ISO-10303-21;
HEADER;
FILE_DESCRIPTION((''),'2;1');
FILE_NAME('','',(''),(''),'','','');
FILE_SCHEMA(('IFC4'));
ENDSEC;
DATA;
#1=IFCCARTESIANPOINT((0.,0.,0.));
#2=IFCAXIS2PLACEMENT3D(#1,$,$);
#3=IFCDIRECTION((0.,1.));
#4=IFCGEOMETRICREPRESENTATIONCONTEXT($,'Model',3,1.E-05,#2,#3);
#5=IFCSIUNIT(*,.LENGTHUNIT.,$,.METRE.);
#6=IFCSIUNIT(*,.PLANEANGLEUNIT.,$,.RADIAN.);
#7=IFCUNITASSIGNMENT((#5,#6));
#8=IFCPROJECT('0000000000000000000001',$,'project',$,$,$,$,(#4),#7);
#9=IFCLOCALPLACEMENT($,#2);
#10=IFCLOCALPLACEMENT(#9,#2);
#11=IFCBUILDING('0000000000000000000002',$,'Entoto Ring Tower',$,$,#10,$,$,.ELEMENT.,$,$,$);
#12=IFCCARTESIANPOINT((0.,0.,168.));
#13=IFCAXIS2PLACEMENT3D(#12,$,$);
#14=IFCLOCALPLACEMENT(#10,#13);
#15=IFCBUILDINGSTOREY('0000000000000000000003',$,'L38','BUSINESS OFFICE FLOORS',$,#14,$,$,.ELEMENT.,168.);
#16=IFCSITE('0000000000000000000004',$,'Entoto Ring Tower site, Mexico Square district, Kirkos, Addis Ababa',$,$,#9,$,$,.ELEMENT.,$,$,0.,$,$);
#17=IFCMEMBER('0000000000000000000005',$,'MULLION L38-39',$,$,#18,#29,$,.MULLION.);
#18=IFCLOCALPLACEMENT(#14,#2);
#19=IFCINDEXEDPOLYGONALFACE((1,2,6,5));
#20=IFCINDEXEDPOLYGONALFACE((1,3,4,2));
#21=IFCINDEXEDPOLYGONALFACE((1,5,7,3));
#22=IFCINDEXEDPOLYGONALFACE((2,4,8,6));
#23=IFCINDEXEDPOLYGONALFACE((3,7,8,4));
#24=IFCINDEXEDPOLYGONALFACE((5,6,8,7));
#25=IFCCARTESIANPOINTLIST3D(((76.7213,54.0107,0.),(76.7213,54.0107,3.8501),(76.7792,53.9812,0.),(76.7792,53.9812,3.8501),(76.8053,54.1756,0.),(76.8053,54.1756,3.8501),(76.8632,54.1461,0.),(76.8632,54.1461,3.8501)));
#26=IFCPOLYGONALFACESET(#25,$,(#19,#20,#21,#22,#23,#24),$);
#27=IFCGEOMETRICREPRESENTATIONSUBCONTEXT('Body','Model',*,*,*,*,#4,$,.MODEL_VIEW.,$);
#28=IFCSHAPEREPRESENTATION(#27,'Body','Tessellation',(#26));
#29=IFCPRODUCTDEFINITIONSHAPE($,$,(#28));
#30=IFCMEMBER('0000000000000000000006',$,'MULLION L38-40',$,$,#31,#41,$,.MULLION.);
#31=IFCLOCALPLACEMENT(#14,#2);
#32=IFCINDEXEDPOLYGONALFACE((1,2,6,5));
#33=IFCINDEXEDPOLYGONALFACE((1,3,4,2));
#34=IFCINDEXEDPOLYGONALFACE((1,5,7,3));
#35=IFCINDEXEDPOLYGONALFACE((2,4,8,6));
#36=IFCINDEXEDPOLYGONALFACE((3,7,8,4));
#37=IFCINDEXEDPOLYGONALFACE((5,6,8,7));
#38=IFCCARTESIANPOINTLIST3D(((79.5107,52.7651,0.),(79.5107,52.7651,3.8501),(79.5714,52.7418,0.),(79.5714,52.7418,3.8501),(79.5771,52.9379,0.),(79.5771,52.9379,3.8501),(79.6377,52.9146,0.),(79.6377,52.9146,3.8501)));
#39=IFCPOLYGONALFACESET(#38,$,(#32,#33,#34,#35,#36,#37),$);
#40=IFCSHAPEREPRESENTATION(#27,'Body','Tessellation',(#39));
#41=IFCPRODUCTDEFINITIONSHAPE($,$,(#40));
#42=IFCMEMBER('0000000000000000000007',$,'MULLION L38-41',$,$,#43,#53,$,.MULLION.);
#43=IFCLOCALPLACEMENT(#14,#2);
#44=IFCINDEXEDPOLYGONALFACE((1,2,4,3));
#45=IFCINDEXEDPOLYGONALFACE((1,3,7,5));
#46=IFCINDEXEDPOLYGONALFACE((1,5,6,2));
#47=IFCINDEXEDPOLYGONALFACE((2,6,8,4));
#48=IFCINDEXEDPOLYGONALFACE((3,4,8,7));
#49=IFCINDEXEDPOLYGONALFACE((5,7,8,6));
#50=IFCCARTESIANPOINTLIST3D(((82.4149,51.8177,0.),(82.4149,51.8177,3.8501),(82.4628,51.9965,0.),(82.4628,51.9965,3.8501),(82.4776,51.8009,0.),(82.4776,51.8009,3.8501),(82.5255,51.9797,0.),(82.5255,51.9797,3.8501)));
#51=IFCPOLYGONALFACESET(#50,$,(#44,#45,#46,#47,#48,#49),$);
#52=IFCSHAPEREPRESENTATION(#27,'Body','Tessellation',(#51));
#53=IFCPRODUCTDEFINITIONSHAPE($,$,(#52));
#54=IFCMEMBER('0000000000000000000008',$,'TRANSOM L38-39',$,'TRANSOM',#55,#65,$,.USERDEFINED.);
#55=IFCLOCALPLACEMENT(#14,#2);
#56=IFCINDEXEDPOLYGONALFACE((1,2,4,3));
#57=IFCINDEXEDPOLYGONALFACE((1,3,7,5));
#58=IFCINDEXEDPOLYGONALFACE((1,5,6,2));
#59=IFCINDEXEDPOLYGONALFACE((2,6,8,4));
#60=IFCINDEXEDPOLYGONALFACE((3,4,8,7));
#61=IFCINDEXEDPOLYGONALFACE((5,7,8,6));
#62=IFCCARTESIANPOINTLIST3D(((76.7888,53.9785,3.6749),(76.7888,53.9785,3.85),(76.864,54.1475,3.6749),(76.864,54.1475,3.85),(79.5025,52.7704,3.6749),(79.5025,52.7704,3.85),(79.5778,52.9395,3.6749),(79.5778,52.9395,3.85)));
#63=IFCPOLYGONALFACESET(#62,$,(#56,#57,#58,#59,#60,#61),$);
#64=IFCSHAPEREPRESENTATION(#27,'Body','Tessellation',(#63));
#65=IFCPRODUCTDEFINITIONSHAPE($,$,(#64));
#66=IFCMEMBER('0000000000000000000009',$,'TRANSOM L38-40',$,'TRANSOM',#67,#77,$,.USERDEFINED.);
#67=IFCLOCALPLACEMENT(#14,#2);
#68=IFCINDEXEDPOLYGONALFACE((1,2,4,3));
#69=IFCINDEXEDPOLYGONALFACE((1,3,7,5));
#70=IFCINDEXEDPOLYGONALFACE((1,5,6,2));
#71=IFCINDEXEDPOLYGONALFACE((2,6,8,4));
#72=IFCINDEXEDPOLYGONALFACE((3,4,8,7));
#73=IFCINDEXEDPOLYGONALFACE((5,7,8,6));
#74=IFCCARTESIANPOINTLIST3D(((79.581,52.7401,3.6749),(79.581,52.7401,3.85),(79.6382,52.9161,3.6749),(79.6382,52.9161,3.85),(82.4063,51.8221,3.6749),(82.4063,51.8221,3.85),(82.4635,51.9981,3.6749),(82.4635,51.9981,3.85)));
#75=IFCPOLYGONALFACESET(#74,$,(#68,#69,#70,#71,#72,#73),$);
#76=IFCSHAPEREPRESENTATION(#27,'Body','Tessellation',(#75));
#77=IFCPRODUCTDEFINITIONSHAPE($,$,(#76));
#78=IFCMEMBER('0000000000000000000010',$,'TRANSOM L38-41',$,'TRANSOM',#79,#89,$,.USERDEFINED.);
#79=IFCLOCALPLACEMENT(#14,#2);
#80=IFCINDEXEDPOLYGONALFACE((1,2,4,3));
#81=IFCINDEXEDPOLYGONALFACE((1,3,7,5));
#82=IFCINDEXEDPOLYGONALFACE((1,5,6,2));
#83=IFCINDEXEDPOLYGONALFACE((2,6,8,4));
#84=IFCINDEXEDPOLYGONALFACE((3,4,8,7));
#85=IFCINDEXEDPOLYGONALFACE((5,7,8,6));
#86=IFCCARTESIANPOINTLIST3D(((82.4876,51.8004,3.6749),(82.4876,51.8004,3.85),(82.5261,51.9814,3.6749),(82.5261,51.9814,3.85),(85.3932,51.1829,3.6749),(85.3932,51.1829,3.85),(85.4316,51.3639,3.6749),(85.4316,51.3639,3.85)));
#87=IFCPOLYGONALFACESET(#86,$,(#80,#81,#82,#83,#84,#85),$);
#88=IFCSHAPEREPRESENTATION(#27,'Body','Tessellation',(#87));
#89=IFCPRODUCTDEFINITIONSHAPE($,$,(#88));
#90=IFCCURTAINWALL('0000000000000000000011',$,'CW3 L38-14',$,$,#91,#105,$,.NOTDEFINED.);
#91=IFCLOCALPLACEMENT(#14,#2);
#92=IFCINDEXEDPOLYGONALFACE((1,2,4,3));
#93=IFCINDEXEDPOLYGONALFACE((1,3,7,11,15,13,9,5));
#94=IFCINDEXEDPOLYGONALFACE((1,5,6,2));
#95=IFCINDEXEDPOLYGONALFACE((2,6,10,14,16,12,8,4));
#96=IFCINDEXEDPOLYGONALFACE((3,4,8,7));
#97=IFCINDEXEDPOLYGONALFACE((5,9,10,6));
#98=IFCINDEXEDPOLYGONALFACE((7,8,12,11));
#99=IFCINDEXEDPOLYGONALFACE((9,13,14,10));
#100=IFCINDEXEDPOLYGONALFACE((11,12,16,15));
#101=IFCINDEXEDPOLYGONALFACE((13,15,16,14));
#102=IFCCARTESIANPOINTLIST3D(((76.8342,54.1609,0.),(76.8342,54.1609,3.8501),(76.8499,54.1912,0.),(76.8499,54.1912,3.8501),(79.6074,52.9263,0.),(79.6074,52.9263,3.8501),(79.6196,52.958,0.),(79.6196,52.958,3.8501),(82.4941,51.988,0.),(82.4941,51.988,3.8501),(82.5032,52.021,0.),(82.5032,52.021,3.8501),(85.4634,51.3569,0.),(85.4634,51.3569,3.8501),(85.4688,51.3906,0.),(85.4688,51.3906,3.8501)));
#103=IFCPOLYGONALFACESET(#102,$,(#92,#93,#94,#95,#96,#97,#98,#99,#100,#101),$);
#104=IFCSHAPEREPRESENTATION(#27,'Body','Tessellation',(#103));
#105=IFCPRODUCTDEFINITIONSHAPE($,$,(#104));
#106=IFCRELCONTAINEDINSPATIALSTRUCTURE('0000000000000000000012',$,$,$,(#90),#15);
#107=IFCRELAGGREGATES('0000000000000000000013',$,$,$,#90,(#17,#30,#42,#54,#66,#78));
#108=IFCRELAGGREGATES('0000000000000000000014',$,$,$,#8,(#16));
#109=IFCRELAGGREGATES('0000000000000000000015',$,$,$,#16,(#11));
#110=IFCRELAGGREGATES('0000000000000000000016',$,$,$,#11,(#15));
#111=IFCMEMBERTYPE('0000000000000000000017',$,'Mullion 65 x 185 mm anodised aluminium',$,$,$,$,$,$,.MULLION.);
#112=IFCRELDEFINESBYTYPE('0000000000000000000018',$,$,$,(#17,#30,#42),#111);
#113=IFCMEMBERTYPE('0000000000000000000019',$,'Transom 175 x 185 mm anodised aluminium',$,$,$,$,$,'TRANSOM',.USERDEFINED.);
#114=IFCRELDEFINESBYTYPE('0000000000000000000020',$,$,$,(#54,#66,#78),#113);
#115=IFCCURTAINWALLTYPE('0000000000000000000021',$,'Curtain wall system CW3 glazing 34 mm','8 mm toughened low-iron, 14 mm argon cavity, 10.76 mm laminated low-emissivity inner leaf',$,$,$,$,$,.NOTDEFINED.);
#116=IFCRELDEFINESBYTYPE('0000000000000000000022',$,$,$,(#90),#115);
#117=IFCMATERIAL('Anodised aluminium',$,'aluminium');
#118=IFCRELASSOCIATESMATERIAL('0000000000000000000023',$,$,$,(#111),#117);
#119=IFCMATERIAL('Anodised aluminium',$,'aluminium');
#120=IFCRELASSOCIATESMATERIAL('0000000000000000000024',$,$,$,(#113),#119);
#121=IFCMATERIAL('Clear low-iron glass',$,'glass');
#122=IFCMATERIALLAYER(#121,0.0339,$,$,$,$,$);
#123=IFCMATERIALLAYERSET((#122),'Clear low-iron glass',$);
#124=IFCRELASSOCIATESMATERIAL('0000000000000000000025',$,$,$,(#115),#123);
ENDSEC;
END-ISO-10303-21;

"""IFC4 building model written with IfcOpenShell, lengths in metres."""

from ifc_helpers import new_model, si_unit, direction, frame, origin, origin_2d, place, context, subcontext, project, spatial, polyline, rectangle, outline, extrude, material, layer, layer_set, material_profile, profile_set, type_object, element, aggregate, save


model = new_model("IFC4")

# Units and contexts
model_context = context("Model", 3, precision=1e-05, world=origin(), true_north=direction((0.0, 1.0)))
body_context = subcontext(model_context, "Body", "Model", "MODEL_VIEW")
ifc_project = project(units=[si_unit("LENGTHUNIT", "METRE"), si_unit("PLANEANGLEUNIT", "RADIAN")], contexts=[model_context])

# Members
ifc_material_1 = material(Name="Anodised aluminium", Category="aluminium")
ifc_material_profile_1 = material_profile(ifc_material_1, rectangle(XDim=0.0649, YDim=0.1851, at=origin_2d()), Name="Mullion 65 x 185 mm anodised aluminium")
ifc_profile_set_1 = profile_set([ifc_material_profile_1], Name="Anodised aluminium")
member_type_1 = type_object("IfcMemberType", Name="Mullion 65 x 185 mm anodised aluminium", PredefinedType="MULLION", material=ifc_profile_set_1)
site_placement = place(None, origin())
building_placement = place(site_placement, origin())
storey_placement = place(building_placement, frame((0.0, 0.0, 168.0)))
member_1_placement = place(storey_placement, frame((76.7922, 54.0784, 0.0), z_axis=(0.0, 0.0, 1.0), x_axis=(0.891007, -0.45399, 0.0)))
member_1 = element("IfcMember", 1, at=member_1_placement, type_object=member_type_1, Name="MULLION L38-39", PredefinedType="MULLION", context=body_context, shape_type="SweptSolid", body=[
    extrude(rectangle(XDim=0.0649, YDim=0.1851, at=origin_2d()), origin(), (0.0, 0.0, 1.0), 3.8501),
])
member_2_placement = place(storey_placement, frame((79.5742, 52.8398, 0.0), z_axis=(0.0, 0.0, 1.0), x_axis=(0.93358, -0.358368, 0.0)))
member_2 = element("IfcMember", 2, at=member_2_placement, type_object=member_type_1, Name="MULLION L38-40", PredefinedType="MULLION", context=body_context, shape_type="SweptSolid", body=[
    extrude(rectangle(XDim=0.0649, YDim=0.1851, at=origin_2d()), origin(), (0.0, 0.0, 1.0), 3.8501),
])
member_3_placement = place(storey_placement, frame((82.4702, 51.8987, 0.0), z_axis=(0.0, 0.0, 1.0), x_axis=(0.965926, -0.258819, 0.0)))
member_3 = element("IfcMember", 3, at=member_3_placement, type_object=member_type_1, Name="MULLION L38-41", PredefinedType="MULLION", context=body_context, shape_type="SweptSolid", body=[
    extrude(rectangle(XDim=0.0649, YDim=0.1851, at=origin_2d()), origin(), (0.0, 0.0, 1.0), 3.8501),
])
ifc_material_2 = material(Name="Anodised aluminium", Category="aluminium")
ifc_material_profile_2 = material_profile(ifc_material_2, rectangle(XDim=0.1851, YDim=0.175, at=origin_2d()), Name="Transom 175 x 185 mm anodised aluminium")
ifc_profile_set_2 = profile_set([ifc_material_profile_2], Name="Anodised aluminium")
member_type_2 = type_object("IfcMemberType", Name="Transom 175 x 185 mm anodised aluminium", ElementType="TRANSOM", PredefinedType="USERDEFINED", material=ifc_profile_set_2)
member_4_placement = place(storey_placement, frame((76.8264, 54.063, 3.7625), z_axis=(0.913567, -0.406687, 0.0), x_axis=(0.406687, 0.913567, 0.0)))
member_4 = element("IfcMember", 4, at=member_4_placement, type_object=member_type_2, Name="TRANSOM L38-39", ObjectType="TRANSOM", PredefinedType="USERDEFINED", context=body_context, shape_type="SweptSolid", body=[
    extrude(rectangle(XDim=0.1851, YDim=0.175, at=origin_2d()), origin(), (0.0, 0.0, 1.0), 2.9705),
])
member_5_placement = place(storey_placement, frame((79.6096, 52.8281, 3.7625), z_axis=(0.951056, -0.309019, 0.0), x_axis=(0.309019, 0.951056, 0.0)))
member_5 = element("IfcMember", 5, at=member_5_placement, type_object=member_type_2, Name="TRANSOM L38-40", ObjectType="TRANSOM", PredefinedType="USERDEFINED", context=body_context, shape_type="SweptSolid", body=[
    extrude(rectangle(XDim=0.1851, YDim=0.175, at=origin_2d()), origin(), (0.0, 0.0, 1.0), 2.9707),
])
member_6_placement = place(storey_placement, frame((82.5068, 51.8909, 3.7625), z_axis=(0.978158, -0.207862, 0.0), x_axis=(0.207862, 0.978158, 0.0)))
member_6 = element("IfcMember", 6, at=member_6_placement, type_object=member_type_2, Name="TRANSOM L38-41", ObjectType="TRANSOM", PredefinedType="USERDEFINED", context=body_context, shape_type="SweptSolid", body=[
    extrude(rectangle(XDim=0.1851, YDim=0.175, at=origin_2d()), origin(), (0.0, 0.0, 1.0), 2.9705),
])

# Site, building, storey
site = spatial("IfcSite", under=ifc_project, at=site_placement, Name="Entoto Ring Tower site, Mexico Square district, Kirkos, Addis Ababa", CompositionType="ELEMENT", RefElevation=0.0)
building = spatial("IfcBuilding", under=site, at=building_placement, Name="Entoto Ring Tower", CompositionType="ELEMENT")
storey = spatial("IfcBuildingStorey", under=building, at=storey_placement, Name="L38", Description="BUSINESS OFFICE FLOORS", CompositionType="ELEMENT", Elevation=168.0)

# Curtain wall
ifc_material_3 = material(Name="Clear low-iron glass", Category="glass")
ifc_layer = layer(ifc_material_3, 0.0339)
ifc_layer_set = layer_set([ifc_layer], Name="Clear low-iron glass")
curtain_wall_type = type_object("IfcCurtainWallType", Name="Curtain wall system CW3 glazing 34 mm", Description="8 mm toughened low-iron, 14 mm argon cavity, 10.76 mm laminated low-emissivity inner leaf", PredefinedType="NOTDEFINED", material=ifc_layer_set)
curtain_wall_1_placement = place(storey_placement, origin())
curtain_wall_1 = element("IfcCurtainWall", 7, at=curtain_wall_1_placement, inside=storey, type_object=curtain_wall_type, Name="CW3 L38-14", PredefinedType="NOTDEFINED", context=body_context, shape_type="SweptSolid", body=[
    extrude(outline(polyline([(76.8342, 54.1609), (79.6074, 52.9263), (82.4941, 51.988), (85.4634, 51.3569), (85.4688, 51.3906), (82.5032, 52.021), (79.6196, 52.958), (76.8499, 54.1912), (76.8342, 54.1609)])), origin(), (0.0, 0.0, 1.0), 3.8501),
])
aggregate(curtain_wall_1, [member_1, member_2, member_3, member_4, member_5, member_6])

save(model, "model.ifc")
